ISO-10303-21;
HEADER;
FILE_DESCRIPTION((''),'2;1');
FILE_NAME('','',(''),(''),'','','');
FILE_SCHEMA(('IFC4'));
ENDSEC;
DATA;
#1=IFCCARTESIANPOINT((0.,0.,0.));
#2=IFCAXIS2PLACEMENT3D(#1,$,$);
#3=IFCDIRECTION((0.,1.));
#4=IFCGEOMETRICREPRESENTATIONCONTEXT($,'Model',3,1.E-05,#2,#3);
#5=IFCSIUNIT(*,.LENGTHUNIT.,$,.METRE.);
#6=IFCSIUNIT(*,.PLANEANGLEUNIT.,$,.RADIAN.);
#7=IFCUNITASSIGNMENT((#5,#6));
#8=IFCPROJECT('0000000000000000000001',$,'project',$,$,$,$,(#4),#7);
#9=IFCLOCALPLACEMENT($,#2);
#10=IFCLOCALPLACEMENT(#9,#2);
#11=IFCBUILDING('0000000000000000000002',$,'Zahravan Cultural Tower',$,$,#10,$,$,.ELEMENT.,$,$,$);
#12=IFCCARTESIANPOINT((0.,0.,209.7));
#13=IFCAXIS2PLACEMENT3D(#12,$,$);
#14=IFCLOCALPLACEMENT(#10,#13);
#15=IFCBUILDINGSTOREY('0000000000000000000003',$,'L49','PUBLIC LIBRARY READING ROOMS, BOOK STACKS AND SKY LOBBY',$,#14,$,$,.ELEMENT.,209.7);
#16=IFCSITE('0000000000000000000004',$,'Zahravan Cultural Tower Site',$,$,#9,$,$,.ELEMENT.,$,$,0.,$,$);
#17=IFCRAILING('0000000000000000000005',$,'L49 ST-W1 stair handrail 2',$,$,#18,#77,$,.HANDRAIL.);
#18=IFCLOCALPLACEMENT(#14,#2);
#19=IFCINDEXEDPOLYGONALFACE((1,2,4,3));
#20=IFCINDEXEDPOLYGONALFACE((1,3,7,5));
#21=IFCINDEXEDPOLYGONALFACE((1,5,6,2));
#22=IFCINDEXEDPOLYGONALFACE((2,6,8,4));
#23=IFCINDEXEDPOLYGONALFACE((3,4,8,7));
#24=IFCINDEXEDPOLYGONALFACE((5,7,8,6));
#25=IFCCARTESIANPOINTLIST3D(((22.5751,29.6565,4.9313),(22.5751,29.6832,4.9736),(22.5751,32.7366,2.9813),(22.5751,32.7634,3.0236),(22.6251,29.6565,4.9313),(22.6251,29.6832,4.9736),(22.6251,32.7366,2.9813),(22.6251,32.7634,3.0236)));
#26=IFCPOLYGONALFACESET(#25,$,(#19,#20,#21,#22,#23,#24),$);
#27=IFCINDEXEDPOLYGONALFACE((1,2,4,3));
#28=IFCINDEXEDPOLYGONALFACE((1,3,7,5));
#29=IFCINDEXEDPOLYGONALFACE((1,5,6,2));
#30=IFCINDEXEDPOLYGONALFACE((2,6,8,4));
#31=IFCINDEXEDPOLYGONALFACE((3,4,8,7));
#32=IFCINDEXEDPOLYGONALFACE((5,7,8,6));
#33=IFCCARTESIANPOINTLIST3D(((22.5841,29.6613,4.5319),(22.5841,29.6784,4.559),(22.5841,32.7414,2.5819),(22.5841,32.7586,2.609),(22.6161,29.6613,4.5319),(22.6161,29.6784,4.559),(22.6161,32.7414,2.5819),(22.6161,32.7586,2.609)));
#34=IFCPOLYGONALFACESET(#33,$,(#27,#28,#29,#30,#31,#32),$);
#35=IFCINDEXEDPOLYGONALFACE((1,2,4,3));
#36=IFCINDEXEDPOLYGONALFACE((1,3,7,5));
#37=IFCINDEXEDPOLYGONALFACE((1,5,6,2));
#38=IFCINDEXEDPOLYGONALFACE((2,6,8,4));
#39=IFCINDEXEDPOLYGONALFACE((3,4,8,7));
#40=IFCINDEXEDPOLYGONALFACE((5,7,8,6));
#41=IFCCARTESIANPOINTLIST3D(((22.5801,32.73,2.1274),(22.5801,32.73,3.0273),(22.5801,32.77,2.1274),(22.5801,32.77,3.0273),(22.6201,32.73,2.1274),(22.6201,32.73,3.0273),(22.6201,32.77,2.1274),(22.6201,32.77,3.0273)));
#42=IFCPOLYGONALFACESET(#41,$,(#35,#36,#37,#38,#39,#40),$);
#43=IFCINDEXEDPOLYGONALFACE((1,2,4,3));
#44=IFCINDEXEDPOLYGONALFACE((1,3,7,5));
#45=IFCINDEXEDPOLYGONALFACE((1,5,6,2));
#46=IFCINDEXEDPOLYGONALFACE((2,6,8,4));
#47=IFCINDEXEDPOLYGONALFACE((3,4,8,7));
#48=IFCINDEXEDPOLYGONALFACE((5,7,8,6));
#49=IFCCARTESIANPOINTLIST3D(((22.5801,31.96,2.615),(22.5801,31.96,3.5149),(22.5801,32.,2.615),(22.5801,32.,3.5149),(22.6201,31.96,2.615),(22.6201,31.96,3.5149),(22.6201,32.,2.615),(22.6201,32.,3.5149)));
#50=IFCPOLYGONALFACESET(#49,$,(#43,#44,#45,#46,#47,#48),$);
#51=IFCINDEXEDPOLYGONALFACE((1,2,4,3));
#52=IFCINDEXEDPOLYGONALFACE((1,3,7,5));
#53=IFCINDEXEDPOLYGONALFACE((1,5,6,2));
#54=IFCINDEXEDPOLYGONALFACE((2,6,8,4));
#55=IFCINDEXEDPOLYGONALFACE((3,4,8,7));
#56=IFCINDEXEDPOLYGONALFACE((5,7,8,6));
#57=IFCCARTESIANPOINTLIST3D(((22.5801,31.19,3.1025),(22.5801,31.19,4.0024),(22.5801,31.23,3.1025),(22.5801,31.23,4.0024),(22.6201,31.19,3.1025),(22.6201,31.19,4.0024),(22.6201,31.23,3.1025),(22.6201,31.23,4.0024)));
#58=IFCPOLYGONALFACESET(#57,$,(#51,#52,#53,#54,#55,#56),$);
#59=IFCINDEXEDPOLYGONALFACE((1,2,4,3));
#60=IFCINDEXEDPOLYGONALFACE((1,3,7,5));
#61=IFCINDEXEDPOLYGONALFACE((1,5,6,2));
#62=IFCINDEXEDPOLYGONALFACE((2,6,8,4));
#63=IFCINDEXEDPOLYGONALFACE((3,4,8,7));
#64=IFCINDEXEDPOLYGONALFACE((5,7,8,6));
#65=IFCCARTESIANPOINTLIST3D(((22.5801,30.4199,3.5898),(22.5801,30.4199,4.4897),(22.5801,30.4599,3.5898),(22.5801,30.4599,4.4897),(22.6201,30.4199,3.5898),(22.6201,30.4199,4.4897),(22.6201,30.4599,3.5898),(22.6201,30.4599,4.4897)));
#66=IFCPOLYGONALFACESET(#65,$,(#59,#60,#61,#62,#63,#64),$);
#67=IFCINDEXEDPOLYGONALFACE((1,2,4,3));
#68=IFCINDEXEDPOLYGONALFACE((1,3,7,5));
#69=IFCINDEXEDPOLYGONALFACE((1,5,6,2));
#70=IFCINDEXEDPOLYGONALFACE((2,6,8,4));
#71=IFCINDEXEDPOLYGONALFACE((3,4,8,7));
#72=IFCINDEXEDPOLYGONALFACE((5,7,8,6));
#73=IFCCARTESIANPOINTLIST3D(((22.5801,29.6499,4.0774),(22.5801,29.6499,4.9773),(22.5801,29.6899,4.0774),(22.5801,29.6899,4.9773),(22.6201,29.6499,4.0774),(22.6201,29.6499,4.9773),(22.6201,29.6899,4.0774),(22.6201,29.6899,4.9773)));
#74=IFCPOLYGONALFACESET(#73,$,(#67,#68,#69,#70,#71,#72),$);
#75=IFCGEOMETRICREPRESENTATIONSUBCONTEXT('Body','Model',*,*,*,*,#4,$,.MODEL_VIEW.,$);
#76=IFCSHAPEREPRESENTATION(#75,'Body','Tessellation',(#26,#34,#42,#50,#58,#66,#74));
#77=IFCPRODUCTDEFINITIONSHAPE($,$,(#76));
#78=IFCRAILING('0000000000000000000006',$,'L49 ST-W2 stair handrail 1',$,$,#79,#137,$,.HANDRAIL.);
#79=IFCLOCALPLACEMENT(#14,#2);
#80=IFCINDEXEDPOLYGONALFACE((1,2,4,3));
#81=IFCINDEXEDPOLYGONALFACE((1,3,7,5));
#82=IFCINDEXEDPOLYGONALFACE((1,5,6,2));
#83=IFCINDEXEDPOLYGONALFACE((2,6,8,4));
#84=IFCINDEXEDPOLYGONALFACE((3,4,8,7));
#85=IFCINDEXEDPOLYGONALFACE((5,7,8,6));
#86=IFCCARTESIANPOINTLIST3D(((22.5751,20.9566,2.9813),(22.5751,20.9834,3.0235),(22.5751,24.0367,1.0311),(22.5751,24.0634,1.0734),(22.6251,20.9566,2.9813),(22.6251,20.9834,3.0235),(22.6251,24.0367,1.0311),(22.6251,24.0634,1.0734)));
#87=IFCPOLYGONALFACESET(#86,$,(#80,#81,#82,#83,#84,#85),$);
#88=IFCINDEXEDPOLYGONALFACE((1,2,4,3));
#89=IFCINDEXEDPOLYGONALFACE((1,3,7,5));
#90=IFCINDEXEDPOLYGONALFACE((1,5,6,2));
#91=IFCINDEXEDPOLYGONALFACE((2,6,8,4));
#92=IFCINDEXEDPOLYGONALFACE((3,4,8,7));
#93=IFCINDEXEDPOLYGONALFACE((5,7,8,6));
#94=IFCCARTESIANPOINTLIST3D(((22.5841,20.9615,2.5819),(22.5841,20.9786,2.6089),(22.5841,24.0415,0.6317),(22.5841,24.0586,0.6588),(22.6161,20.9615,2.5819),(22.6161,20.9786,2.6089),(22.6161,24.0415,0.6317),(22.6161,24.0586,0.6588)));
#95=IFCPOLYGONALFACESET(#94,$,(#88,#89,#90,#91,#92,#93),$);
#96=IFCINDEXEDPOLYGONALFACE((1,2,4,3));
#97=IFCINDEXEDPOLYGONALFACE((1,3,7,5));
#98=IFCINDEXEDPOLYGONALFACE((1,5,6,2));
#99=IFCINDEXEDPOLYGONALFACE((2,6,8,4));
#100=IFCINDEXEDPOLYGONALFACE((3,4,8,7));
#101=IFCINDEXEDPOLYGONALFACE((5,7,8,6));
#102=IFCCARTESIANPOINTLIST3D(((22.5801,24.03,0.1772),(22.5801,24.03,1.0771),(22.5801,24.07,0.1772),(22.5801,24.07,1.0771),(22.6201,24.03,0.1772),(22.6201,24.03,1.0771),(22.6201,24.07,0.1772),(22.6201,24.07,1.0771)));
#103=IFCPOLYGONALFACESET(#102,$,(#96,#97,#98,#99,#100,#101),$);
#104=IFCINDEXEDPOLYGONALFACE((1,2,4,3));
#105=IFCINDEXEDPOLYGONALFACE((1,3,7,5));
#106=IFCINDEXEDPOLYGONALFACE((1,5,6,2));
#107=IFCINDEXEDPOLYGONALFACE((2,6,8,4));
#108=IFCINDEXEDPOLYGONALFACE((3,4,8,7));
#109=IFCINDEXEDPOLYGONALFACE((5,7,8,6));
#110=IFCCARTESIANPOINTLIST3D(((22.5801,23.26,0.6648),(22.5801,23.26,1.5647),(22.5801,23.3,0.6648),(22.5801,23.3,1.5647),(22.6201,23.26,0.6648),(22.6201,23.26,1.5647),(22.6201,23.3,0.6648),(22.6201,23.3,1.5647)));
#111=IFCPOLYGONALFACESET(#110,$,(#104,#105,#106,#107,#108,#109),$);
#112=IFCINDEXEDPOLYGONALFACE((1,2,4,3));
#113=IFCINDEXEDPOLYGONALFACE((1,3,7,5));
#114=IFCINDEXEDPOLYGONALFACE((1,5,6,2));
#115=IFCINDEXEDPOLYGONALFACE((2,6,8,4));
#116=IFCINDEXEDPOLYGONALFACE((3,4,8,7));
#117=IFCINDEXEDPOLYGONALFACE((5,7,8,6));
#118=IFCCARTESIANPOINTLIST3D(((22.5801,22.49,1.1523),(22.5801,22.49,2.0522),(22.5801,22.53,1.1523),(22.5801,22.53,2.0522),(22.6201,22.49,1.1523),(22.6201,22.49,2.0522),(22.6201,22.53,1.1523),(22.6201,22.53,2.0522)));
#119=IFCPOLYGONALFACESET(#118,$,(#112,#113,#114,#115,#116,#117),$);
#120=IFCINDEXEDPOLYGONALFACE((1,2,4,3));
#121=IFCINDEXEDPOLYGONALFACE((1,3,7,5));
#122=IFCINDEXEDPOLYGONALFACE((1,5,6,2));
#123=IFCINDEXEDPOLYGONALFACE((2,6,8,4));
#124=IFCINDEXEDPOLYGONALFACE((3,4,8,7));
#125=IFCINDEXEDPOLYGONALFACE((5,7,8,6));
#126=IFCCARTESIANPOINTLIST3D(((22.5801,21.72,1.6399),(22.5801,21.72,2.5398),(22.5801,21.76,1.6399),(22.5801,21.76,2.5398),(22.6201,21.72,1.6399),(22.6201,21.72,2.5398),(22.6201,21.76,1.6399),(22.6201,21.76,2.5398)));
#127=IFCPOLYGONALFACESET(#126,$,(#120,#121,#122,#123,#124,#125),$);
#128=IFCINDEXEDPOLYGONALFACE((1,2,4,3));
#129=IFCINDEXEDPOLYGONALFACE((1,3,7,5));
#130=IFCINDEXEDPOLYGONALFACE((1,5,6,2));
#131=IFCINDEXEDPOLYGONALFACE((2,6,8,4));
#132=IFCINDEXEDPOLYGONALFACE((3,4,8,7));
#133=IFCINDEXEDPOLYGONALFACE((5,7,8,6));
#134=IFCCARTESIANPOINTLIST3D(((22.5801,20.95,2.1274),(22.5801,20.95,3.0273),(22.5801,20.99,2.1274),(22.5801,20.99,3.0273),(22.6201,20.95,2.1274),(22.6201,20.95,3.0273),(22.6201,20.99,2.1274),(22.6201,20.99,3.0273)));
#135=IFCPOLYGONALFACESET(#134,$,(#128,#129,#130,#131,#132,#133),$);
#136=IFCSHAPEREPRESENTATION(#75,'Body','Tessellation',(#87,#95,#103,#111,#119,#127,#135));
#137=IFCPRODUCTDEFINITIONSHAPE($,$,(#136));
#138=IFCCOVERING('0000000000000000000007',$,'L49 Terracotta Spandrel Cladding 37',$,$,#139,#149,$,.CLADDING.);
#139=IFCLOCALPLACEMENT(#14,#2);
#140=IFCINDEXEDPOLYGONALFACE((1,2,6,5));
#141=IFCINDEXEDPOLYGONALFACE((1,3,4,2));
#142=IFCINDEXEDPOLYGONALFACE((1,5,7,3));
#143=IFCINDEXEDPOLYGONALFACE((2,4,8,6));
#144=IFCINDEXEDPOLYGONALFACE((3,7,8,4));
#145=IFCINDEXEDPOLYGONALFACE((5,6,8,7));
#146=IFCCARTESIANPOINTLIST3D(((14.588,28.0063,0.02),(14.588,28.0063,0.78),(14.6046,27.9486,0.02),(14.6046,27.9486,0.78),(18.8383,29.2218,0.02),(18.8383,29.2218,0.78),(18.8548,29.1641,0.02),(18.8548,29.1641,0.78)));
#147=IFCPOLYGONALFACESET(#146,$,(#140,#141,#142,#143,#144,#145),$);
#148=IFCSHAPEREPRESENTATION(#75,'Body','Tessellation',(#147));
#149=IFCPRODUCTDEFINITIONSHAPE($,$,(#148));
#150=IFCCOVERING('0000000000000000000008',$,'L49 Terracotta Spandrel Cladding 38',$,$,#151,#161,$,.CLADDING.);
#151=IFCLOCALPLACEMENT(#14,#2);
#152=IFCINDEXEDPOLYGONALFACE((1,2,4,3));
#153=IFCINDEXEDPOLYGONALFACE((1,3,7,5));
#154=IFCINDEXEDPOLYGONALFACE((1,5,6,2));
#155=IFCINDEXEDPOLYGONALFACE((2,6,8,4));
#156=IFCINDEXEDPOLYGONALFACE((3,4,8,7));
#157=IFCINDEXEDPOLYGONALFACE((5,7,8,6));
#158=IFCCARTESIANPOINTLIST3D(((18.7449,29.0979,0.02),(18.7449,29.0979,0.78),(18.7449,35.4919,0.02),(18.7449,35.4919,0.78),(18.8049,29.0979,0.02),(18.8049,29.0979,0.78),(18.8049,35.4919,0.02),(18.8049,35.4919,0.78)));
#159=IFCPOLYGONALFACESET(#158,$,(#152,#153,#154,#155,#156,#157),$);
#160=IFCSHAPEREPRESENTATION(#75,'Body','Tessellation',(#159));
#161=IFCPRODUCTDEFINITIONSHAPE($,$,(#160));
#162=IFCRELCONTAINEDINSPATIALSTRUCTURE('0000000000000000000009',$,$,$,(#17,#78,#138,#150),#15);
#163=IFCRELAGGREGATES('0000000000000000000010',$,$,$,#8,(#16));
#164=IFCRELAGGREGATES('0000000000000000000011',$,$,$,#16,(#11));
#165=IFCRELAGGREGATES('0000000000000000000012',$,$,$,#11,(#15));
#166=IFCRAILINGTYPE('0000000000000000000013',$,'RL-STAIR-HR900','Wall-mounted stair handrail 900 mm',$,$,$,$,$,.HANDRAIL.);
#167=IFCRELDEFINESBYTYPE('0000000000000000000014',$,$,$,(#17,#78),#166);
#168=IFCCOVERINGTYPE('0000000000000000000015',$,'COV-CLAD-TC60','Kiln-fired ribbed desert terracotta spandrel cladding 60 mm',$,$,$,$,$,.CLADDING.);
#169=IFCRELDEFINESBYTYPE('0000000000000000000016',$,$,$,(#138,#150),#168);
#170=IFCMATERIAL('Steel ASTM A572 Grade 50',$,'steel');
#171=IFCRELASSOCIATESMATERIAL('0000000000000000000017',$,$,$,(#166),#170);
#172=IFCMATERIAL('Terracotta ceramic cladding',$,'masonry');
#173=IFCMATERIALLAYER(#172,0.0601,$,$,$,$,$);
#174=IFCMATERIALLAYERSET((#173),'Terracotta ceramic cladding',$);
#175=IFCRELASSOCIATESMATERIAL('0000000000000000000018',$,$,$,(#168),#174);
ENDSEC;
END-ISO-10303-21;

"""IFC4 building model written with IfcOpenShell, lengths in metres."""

from ifc_helpers import new_model, si_unit, direction, frame, origin, origin_2d, place, context, subcontext, project, spatial, rectangle, extrude, source, transform, mapped, material, layer, layer_set, type_object, element, save


model = new_model("IFC4")

# Units and contexts
model_context = context("Model", 3, precision=1e-05, world=origin(), true_north=direction((0.0, 1.0)))
body_context = subcontext(model_context, "Body", "Model", "MODEL_VIEW")
ifc_project = project(units=[si_unit("LENGTHUNIT", "METRE"), si_unit("PLANEANGLEUNIT", "RADIAN")], contexts=[model_context])

# Site, building, storey
site_placement = place(None, origin())
site = spatial("IfcSite", under=ifc_project, at=site_placement, Name="Zahravan Cultural Tower Site", CompositionType="ELEMENT", RefElevation=0.0)
building_placement = place(site_placement, origin())
building = spatial("IfcBuilding", under=site, at=building_placement, Name="Zahravan Cultural Tower", CompositionType="ELEMENT")
storey_placement = place(building_placement, frame((0.0, 0.0, 209.7)))
storey = spatial("IfcBuildingStorey", under=building, at=storey_placement, Name="L49", Description="PUBLIC LIBRARY READING ROOMS, BOOK STACKS AND SKY LOBBY", CompositionType="ELEMENT", Elevation=209.7)

# Railings
ifc_material_1 = material(Name="Steel ASTM A572 Grade 50", Category="steel")
railing_type_1 = type_object("IfcRailingType", Name="RL-STAIR-HR900", Description="Wall-mounted stair handrail 900 mm", PredefinedType="HANDRAIL", material=ifc_material_1)
railing_1_placement = place(storey_placement, frame((22.6001, 32.75, 2.1274)))
element("IfcRailing", 1, at=railing_1_placement, inside=storey, type_object=railing_type_1, Name="L49 ST-W1 stair handrail 2", PredefinedType="HANDRAIL", context=body_context, shape_type="SweptSolid", body=[
    extrude(rectangle(XDim=0.05, YDim=0.05, at=origin_2d()), frame((0.0, 0.0, 0.875), z_axis=(0.0, -0.844914, 0.534902), x_axis=(1.0, 0.0, 0.0)), (0.0, 0.0, 1.0), 3.6455),
    extrude(rectangle(XDim=0.032, YDim=0.032, at=origin_2d()), frame((0.0, 0.0, 0.468), z_axis=(0.0, -0.844914, 0.534902), x_axis=(1.0, 0.0, 0.0)), (0.0, 0.0, 1.0), 3.6455),
    extrude(rectangle(XDim=0.04, YDim=0.04, at=origin_2d()), origin(), (0.0, 0.0, 1.0), 0.8999),
    extrude(rectangle(XDim=0.04, YDim=0.04, at=origin_2d()), frame((0.0, -0.77, 0.4875)), (0.0, 0.0, 1.0), 0.8999),
    extrude(rectangle(XDim=0.04, YDim=0.04, at=origin_2d()), frame((0.0, -1.54, 0.9751)), (0.0, 0.0, 1.0), 0.8999),
    extrude(rectangle(XDim=0.04, YDim=0.04, at=origin_2d()), frame((0.0, -2.3101, 1.4624)), (0.0, 0.0, 1.0), 0.8999),
    extrude(rectangle(XDim=0.04, YDim=0.04, at=origin_2d()), frame((0.0, -3.0801, 1.95)), (0.0, 0.0, 1.0), 0.8999),
])
railing_2_placement = place(storey_placement, frame((22.6001, 24.05, 0.1772)))
element("IfcRailing", 2, at=railing_2_placement, inside=storey, type_object=railing_type_1, Name="L49 ST-W2 stair handrail 1", PredefinedType="HANDRAIL", context=body_context, shape_type="SweptSolid", body=[
    extrude(rectangle(XDim=0.05, YDim=0.05, at=origin_2d()), frame((0.0, 0.0, 0.875), z_axis=(0.0, -0.844884, 0.53495), x_axis=(1.0, 0.0, 0.0)), (0.0, 0.0, 1.0), 3.6455),
    extrude(rectangle(XDim=0.032, YDim=0.032, at=origin_2d()), frame((0.0, 0.0, 0.468), z_axis=(0.0, -0.844884, 0.53495), x_axis=(1.0, 0.0, 0.0)), (0.0, 0.0, 1.0), 3.6455),
    extrude(rectangle(XDim=0.04, YDim=0.04, at=origin_2d()), origin(), (0.0, 0.0, 1.0), 0.8999),
    extrude(rectangle(XDim=0.04, YDim=0.04, at=origin_2d()), frame((0.0, -0.77, 0.4875)), (0.0, 0.0, 1.0), 0.8999),
    extrude(rectangle(XDim=0.04, YDim=0.04, at=origin_2d()), frame((0.0, -1.54, 0.9751)), (0.0, 0.0, 1.0), 0.8999),
    extrude(rectangle(XDim=0.04, YDim=0.04, at=origin_2d()), frame((0.0, -2.3101, 1.4626)), (0.0, 0.0, 1.0), 0.8999),
    extrude(rectangle(XDim=0.04, YDim=0.04, at=origin_2d()), frame((0.0, -3.0801, 1.9502)), (0.0, 0.0, 1.0), 0.8999),
])

# Coverings
ifc_material_2 = material(Name="Terracotta ceramic cladding", Category="masonry")
ifc_layer_1 = layer(ifc_material_2, 0.0601)
ifc_layer_set_1 = layer_set([ifc_layer_1], Name="Terracotta ceramic cladding")
covering_type = type_object("IfcCoveringType", Name="COV-CLAD-TC60", Description="Kiln-fired ribbed desert terracotta spandrel cladding 60 mm", PredefinedType="CLADDING", material=ifc_layer_set_1)
shared_shape_1 = source(origin(), body_context, "Body", "SweptSolid", [
    extrude(rectangle(XDim=4.4207, YDim=0.0601, at=origin_2d()), origin(), (0.0, 0.0, 1.0), 0.76),
])
covering_1_placement = place(storey_placement, frame((16.7214, 28.5852, 0.02), z_axis=(0.0, 0.0, 1.0), x_axis=(0.961459, 0.274949, 0.0)))
element("IfcCovering", 3, at=covering_1_placement, inside=storey, type_object=covering_type, Name="L49 Terracotta Spandrel Cladding 37", PredefinedType="CLADDING", context=body_context, shape_type="MappedRepresentation", body=[
    mapped(shared_shape_1, transform((0.0, 0.0, 0.0), x_axis=(1.0, 0.0, 0.0), y_axis=(0.0, 1.0, 0.0), z_axis=(0.0, 0.0, 1.0), scale=1.0)),
])
shared_shape_2 = source(origin(), body_context, "Body", "SweptSolid", [
    extrude(rectangle(XDim=6.394, YDim=0.0601, at=origin_2d()), origin(), (0.0, 0.0, 1.0), 0.76),
])
covering_2_placement = place(storey_placement, frame((18.7749, 32.2949, 0.02), z_axis=(0.0, 0.0, 1.0), x_axis=(0.0, 1.0, 0.0)))
element("IfcCovering", 4, at=covering_2_placement, inside=storey, type_object=covering_type, Name="L49 Terracotta Spandrel Cladding 38", PredefinedType="CLADDING", context=body_context, shape_type="MappedRepresentation", body=[
    mapped(shared_shape_2, transform((0.0, 0.0, 0.0), x_axis=(1.0, 0.0, 0.0), y_axis=(0.0, 1.0, 0.0), z_axis=(0.0, 0.0, 1.0), scale=1.0)),
])

save(model, "model.ifc")
